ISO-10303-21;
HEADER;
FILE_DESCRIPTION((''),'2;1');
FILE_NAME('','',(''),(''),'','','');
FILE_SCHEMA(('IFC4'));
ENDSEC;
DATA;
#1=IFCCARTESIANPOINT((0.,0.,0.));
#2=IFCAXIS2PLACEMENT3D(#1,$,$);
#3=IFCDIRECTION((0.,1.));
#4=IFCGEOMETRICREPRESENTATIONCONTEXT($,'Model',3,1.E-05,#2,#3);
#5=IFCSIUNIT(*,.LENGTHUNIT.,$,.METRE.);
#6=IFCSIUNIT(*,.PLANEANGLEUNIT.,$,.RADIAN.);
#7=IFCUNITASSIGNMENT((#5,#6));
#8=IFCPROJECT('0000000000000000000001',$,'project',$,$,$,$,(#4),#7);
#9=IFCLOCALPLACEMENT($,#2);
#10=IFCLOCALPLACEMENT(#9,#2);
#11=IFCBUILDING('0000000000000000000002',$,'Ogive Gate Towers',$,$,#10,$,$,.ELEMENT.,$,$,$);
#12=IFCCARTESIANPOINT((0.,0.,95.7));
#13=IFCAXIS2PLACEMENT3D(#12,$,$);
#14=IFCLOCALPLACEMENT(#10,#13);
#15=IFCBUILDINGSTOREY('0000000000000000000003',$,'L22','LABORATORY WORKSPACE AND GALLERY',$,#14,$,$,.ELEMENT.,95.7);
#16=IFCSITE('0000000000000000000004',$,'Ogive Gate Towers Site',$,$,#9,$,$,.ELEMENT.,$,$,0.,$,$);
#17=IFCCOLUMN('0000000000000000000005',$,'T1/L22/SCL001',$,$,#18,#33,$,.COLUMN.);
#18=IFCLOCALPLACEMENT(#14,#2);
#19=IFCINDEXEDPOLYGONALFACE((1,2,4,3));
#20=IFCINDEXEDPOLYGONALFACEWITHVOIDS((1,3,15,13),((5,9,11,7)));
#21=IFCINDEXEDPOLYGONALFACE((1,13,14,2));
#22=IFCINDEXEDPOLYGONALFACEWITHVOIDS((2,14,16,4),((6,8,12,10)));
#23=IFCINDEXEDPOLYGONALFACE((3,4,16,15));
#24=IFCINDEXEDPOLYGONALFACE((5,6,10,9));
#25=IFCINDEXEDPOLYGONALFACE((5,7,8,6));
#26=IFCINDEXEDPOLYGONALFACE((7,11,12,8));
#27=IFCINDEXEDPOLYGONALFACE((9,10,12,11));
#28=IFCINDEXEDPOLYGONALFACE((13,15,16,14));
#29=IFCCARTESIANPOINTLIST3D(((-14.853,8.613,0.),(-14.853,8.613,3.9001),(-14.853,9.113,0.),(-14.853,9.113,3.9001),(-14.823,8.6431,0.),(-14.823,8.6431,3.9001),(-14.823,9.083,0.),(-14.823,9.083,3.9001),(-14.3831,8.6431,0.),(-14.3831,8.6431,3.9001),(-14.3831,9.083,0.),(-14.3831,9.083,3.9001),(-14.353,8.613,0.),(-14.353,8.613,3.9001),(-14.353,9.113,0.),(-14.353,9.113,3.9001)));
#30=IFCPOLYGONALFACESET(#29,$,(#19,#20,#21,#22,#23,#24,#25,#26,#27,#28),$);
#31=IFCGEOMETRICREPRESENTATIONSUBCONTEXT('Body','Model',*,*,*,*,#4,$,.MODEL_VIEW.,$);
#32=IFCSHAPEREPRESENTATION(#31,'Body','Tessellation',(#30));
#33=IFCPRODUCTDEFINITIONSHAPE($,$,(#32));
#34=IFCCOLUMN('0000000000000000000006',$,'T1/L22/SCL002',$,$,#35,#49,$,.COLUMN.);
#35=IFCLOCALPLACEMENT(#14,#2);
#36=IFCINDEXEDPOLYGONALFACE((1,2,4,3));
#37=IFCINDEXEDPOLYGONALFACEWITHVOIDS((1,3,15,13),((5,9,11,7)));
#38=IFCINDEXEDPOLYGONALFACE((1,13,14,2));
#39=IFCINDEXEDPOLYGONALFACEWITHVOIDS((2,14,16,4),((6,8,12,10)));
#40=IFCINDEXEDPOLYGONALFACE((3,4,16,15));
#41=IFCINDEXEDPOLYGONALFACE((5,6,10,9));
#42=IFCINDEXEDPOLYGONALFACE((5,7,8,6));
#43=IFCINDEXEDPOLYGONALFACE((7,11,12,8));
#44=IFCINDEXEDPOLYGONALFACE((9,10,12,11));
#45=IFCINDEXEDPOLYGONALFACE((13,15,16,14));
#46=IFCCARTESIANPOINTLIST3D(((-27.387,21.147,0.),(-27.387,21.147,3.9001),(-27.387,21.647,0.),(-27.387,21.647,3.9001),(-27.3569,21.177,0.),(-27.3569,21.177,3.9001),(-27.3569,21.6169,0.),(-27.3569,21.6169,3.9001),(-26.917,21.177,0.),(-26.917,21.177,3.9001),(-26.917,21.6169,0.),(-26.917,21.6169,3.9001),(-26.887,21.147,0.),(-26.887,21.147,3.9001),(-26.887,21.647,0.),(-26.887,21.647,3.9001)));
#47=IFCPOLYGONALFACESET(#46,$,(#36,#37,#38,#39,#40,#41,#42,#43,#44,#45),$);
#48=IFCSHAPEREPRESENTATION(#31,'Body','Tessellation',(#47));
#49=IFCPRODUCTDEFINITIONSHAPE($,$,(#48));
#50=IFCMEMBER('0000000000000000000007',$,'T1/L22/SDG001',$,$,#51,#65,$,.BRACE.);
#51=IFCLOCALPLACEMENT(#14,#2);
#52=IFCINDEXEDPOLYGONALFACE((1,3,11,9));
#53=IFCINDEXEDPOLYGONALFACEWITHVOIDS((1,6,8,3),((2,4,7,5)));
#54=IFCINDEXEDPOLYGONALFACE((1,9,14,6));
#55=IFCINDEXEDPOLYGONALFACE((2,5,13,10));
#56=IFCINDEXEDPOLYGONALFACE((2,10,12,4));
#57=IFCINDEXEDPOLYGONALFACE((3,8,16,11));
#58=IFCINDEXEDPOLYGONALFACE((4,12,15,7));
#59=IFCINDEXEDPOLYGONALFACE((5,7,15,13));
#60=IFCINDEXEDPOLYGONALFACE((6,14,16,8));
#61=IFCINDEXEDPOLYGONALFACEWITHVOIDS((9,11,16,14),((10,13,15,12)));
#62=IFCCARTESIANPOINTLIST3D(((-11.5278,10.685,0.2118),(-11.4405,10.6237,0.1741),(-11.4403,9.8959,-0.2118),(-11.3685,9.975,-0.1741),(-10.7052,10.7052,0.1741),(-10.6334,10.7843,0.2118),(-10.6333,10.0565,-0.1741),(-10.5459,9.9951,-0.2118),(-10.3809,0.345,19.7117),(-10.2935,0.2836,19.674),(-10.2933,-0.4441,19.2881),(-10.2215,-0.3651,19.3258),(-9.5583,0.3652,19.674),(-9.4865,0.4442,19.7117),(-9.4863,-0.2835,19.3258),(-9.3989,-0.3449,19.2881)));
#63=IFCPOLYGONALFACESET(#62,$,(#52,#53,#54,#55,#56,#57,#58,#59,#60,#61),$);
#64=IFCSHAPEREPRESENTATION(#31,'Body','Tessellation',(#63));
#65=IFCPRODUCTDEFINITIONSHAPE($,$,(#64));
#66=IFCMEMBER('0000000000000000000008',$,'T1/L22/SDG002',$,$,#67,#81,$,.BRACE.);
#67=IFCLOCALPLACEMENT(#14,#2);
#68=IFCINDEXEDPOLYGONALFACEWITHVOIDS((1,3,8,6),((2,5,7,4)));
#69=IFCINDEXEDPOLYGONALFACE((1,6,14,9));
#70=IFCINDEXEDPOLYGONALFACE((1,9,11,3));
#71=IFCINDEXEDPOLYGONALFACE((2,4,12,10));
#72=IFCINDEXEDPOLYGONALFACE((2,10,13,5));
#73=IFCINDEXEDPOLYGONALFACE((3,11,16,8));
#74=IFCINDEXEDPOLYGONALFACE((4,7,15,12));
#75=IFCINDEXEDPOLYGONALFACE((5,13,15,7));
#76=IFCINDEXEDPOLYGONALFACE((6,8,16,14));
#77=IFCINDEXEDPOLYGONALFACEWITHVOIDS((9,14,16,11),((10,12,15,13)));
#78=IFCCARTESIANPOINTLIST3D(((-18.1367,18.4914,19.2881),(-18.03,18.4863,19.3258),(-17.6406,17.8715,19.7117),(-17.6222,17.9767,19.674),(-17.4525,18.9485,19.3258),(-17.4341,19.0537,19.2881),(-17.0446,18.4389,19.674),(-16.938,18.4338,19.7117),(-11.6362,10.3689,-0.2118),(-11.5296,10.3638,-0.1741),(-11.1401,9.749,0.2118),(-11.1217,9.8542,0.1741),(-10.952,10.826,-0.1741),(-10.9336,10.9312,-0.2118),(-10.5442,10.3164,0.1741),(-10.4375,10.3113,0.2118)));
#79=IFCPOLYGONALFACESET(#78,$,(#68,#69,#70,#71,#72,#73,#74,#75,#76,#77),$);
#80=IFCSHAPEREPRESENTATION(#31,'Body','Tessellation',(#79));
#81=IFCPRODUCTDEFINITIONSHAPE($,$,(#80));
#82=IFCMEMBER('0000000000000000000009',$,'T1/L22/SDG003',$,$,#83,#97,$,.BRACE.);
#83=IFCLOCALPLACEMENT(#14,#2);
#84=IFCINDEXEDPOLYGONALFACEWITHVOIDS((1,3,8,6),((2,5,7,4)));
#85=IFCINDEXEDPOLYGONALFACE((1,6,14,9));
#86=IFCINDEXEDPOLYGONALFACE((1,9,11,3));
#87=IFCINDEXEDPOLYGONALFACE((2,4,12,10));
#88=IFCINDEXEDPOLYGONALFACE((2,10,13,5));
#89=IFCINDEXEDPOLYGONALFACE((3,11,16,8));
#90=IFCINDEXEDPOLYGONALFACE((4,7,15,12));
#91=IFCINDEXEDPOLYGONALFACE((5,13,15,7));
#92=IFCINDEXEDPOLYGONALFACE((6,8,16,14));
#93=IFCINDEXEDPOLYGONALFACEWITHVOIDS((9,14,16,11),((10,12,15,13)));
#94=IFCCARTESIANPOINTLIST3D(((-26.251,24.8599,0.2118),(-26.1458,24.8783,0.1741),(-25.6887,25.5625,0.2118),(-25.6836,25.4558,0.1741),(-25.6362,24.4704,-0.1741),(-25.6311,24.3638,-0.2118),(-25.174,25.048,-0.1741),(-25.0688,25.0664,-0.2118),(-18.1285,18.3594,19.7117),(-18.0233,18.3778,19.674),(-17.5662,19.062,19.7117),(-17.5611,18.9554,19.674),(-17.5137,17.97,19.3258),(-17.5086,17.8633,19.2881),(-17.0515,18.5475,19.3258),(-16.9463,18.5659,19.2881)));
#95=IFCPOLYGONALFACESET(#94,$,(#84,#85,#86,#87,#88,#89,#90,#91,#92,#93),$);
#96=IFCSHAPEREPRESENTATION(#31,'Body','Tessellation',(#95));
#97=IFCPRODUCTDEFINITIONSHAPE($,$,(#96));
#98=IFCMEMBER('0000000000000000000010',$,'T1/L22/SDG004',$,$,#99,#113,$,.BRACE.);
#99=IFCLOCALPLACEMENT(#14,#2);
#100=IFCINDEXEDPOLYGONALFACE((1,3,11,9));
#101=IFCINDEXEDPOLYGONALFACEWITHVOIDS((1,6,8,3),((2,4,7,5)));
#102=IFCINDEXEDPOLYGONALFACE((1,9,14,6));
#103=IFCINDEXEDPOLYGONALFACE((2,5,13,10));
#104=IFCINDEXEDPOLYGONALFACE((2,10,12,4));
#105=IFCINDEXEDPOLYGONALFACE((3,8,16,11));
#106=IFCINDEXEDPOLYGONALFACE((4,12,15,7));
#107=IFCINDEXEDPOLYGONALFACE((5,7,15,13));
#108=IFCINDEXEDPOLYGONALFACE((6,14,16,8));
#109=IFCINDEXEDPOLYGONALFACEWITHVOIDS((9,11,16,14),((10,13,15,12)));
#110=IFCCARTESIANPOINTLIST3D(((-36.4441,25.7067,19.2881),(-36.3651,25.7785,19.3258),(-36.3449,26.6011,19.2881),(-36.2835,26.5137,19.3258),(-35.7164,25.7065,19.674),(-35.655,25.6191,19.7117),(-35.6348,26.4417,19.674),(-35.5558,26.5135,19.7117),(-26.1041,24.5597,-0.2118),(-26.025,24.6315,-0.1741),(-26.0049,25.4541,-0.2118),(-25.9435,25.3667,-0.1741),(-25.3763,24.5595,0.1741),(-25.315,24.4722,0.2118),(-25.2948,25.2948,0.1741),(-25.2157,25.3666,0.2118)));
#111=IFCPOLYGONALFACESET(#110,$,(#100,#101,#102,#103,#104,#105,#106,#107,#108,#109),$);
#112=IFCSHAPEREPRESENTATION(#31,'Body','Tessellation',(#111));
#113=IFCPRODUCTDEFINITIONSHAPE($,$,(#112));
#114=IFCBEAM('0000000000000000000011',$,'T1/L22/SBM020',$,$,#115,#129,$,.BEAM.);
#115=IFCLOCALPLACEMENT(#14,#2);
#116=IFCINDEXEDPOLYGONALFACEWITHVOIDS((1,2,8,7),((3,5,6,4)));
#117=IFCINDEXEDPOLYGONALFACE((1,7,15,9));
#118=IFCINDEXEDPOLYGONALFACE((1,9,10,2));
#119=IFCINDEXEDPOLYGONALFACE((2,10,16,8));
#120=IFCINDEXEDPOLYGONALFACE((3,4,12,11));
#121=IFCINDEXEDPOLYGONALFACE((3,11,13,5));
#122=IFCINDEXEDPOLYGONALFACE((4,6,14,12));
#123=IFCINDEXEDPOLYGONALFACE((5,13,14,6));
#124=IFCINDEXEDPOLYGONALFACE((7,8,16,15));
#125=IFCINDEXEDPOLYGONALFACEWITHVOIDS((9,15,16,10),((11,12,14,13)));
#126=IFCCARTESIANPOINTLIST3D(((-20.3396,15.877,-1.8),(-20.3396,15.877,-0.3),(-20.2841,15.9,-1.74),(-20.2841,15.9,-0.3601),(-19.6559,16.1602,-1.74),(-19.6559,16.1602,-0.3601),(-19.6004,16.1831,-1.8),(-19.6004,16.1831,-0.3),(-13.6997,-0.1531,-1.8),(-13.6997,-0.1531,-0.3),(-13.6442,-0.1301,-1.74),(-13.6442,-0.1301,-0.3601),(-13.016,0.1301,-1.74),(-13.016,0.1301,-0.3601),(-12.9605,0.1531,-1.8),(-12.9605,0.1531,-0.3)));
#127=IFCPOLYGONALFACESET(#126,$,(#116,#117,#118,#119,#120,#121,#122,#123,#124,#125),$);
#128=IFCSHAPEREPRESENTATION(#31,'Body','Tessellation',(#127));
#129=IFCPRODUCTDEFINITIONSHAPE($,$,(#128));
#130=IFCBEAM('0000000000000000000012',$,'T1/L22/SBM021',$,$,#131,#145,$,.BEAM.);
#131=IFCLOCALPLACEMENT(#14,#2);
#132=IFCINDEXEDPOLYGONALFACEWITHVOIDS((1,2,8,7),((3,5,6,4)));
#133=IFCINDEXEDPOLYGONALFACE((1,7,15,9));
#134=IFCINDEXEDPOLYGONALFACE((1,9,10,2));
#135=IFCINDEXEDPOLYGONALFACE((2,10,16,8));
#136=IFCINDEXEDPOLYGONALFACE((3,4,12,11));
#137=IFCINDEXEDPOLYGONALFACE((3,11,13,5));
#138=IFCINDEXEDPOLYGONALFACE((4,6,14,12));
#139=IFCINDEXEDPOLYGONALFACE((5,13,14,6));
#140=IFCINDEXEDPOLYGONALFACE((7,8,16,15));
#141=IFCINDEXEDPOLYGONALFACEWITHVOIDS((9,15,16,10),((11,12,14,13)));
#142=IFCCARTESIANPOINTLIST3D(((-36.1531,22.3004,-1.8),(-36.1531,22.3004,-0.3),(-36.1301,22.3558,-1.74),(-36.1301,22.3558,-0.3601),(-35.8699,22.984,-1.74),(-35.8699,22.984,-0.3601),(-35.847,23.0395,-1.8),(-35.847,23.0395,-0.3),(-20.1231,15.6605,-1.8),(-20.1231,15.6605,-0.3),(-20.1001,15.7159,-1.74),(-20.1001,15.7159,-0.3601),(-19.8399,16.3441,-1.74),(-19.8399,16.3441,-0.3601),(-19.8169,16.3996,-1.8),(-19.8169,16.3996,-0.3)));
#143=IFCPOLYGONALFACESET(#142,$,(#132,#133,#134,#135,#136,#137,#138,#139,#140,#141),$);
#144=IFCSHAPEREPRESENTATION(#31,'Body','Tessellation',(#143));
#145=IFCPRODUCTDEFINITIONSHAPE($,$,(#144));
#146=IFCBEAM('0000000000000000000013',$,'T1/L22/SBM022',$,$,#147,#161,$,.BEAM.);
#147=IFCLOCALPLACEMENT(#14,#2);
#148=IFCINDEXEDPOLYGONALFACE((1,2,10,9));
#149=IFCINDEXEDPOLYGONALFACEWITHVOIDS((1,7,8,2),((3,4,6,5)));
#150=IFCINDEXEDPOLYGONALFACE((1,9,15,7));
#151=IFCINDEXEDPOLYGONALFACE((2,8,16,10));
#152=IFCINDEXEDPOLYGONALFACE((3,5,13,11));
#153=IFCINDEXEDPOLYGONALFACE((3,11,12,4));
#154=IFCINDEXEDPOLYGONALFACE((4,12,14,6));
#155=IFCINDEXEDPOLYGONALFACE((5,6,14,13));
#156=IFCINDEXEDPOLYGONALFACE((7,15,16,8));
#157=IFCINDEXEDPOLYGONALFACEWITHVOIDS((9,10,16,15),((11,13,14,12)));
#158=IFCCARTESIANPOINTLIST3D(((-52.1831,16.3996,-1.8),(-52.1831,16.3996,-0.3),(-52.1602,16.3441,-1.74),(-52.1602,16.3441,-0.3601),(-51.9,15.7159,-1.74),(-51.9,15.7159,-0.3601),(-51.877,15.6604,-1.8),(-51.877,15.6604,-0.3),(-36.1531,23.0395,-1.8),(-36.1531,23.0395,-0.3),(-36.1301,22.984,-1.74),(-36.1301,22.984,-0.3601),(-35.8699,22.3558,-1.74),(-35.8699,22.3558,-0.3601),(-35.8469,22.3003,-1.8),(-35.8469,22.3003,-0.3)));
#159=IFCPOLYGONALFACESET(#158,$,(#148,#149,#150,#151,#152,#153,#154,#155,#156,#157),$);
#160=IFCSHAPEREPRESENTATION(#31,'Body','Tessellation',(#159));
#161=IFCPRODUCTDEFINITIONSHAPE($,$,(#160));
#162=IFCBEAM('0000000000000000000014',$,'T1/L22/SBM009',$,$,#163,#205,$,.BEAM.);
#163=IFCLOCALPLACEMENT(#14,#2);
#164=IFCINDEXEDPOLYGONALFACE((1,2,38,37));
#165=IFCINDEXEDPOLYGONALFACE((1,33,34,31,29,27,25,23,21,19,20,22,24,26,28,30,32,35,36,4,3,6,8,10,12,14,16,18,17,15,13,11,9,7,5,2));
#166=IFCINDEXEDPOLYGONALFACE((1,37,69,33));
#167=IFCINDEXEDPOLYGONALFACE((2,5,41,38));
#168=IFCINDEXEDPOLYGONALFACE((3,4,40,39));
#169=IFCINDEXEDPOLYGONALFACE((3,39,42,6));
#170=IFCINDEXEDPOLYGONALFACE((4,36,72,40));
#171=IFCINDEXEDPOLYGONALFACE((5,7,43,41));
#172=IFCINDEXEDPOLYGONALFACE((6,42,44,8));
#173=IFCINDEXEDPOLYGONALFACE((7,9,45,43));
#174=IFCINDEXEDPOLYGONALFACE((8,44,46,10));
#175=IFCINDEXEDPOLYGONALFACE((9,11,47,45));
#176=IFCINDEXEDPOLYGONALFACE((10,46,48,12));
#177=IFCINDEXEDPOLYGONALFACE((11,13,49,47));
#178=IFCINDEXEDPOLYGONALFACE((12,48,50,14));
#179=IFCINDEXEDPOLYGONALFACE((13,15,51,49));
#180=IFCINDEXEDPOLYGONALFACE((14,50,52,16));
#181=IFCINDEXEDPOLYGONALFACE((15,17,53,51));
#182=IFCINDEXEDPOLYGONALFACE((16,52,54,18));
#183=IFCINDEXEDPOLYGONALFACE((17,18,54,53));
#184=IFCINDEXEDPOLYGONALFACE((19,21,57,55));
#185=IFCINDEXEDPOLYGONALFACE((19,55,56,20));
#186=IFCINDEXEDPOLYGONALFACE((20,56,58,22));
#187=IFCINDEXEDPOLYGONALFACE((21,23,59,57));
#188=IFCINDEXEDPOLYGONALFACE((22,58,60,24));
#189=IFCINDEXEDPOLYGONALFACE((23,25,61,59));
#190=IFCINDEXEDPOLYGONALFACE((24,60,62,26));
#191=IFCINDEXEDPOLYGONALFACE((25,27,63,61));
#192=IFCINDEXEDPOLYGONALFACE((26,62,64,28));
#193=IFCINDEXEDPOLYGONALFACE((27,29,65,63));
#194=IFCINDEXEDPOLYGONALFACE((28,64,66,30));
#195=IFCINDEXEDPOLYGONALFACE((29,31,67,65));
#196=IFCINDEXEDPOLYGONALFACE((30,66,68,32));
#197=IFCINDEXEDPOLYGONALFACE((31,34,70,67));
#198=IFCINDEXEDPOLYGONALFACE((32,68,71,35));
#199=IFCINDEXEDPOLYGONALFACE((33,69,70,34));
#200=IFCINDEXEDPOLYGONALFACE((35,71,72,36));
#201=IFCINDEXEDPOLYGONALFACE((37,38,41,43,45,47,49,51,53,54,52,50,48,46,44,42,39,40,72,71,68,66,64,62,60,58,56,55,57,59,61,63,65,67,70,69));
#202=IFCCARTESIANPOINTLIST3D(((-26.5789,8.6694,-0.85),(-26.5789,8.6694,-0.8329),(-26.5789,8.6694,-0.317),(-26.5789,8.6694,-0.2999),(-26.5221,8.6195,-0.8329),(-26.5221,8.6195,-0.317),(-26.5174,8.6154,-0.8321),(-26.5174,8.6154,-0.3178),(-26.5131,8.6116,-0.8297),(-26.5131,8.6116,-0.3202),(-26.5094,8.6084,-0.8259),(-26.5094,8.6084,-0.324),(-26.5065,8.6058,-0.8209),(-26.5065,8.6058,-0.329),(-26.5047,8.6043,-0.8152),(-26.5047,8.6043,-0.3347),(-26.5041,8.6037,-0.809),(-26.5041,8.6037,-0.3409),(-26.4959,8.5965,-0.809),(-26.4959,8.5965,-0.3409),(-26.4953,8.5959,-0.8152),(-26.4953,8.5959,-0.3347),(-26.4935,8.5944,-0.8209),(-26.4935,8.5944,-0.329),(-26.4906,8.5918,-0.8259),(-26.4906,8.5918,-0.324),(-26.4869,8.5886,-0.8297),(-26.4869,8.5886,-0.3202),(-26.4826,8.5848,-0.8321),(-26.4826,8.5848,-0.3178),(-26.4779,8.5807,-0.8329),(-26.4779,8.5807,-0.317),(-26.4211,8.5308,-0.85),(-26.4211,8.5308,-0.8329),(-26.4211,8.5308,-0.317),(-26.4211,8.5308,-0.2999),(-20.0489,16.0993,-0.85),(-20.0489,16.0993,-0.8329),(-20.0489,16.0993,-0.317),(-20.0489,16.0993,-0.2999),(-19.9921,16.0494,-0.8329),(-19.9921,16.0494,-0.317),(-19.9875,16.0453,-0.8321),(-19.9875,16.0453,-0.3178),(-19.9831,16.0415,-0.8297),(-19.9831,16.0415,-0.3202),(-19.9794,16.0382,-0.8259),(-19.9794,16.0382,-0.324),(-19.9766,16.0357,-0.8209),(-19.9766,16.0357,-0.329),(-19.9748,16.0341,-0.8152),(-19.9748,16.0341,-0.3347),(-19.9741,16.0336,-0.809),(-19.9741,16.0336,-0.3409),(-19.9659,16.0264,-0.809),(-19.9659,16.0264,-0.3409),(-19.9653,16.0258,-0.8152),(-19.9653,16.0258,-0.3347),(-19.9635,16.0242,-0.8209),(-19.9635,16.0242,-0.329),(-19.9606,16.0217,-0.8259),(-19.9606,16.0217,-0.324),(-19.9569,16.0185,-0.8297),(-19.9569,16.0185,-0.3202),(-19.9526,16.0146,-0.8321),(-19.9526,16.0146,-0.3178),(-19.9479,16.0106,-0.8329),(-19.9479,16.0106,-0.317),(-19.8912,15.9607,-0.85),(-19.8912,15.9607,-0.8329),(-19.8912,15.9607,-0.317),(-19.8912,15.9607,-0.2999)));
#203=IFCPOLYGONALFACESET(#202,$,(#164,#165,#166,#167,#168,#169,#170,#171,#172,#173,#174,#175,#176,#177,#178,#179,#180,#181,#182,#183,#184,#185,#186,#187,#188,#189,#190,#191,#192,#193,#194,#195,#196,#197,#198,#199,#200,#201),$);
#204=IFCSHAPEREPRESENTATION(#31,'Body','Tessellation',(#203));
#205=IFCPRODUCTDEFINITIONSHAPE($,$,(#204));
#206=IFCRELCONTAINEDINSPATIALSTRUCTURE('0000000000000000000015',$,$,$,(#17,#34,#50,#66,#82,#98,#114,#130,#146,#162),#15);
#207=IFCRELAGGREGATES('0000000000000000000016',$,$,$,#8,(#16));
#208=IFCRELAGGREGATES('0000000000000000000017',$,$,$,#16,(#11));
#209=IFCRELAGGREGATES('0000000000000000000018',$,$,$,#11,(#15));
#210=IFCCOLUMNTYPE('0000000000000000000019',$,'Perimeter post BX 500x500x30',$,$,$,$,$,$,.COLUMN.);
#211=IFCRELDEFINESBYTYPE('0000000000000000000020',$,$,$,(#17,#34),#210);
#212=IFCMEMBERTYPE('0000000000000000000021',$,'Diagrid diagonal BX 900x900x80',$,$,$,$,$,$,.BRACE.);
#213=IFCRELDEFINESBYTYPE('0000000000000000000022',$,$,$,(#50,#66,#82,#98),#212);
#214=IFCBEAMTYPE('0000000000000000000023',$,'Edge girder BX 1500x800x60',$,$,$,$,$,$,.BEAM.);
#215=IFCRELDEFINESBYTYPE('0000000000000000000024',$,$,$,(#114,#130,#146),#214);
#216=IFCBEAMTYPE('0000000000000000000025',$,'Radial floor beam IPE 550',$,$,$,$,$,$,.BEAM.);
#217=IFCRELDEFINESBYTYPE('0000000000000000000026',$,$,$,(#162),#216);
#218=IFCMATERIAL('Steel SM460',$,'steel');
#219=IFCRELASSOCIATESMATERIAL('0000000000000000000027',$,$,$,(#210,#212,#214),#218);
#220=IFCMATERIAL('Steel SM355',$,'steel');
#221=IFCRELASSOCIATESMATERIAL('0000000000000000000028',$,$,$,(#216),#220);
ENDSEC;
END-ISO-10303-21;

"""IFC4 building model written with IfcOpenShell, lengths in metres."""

from ifc_helpers import new_model, si_unit, direction, frame, origin, origin_2d, place, context, subcontext, project, spatial, hollow_rectangle, i_section, extrude, material, material_profile, profile_set, type_object, element, save


model = new_model("IFC4")

# Units and contexts
model_context = context("Model", 3, precision=1e-05, world=origin(), true_north=direction((0.0, 1.0)))
body_context = subcontext(model_context, "Body", "Model", "MODEL_VIEW")
ifc_project = project(units=[si_unit("LENGTHUNIT", "METRE"), si_unit("PLANEANGLEUNIT", "RADIAN")], contexts=[model_context])

# Site, building, storey
site_placement = place(None, origin())
site = spatial("IfcSite", under=ifc_project, at=site_placement, Name="Ogive Gate Towers Site", CompositionType="ELEMENT", RefElevation=0.0)
building_placement = place(site_placement, origin())
building = spatial("IfcBuilding", under=site, at=building_placement, Name="Ogive Gate Towers", CompositionType="ELEMENT")
storey_placement = place(building_placement, frame((0.0, 0.0, 95.7)))
storey = spatial("IfcBuildingStorey", under=building, at=storey_placement, Name="L22", Description="LABORATORY WORKSPACE AND GALLERY", CompositionType="ELEMENT", Elevation=95.7)

# Columns
ifc_material_1 = material(Name="Steel SM460", Category="steel")
ifc_material_profile_1 = material_profile(ifc_material_1, hollow_rectangle(XDim=0.5, YDim=0.5, WallThickness=0.03, at=origin_2d()), Name="BX 500x500x30")
ifc_profile_set_1 = profile_set([ifc_material_profile_1], Name="Steel SM460")
column_type = type_object("IfcColumnType", Name="Perimeter post BX 500x500x30", PredefinedType="COLUMN", material=ifc_profile_set_1)
for number, where, z_axis, x_axis, name in (
    (1, (-14.603, 8.863, 0.0), (0.0, 0.0, 1.0), (1.0, 0.0, 0.0), "T1/L22/SCL001"),
    (2, (-27.137, 21.397, 0.0), (0.0, 0.0, 1.0), (1.0, 0.0, 0.0), "T1/L22/SCL002"),
):
    element("IfcColumn", number, at=place(storey_placement, frame(where, z_axis=z_axis, x_axis=x_axis)), inside=storey, type_object=column_type, Name=name, PredefinedType="COLUMN", context=body_context, shape_type="SweptSolid", body=[
        extrude(hollow_rectangle(XDim=0.5, YDim=0.5, WallThickness=0.03, at=origin_2d()), origin(), (0.0, 0.0, 1.0), 3.9001),
    ])

# Members
ifc_material_profile_2 = material_profile(ifc_material_1, hollow_rectangle(XDim=0.8999, YDim=0.8999, WallThickness=0.0801, at=origin_2d()), Name="BX 900x900x80")
ifc_profile_set_2 = profile_set([ifc_material_profile_2], Name="Steel SM460")
member_type = type_object("IfcMemberType", Name="Diagrid diagonal BX 900x900x80", PredefinedType="BRACE", material=ifc_profile_set_2)
for number, where, z_axis, x_axis, name in (
    (3, (-11.0369, 10.3401, 0.0), (0.051895, -0.467842, 0.882287), (0.993904, 0.110249, 0.0), "T1/L22/SDG001"),
    (4, (-11.0369, 10.3401, 0.0), (-0.294118, 0.367509, 0.882288), (-0.780754, -0.624838, 0.0), "T1/L22/SDG002"),
    (5, (-25.6599, 24.9631, 0.0), (0.367509, -0.294118, 0.882288), (0.624838, 0.780754, 0.0), "T1/L22/SDG003"),
    (6, (-25.6599, 24.9631, 0.0), (-0.467842, 0.051895, 0.882287), (-0.110249, -0.993904, 0.0), "T1/L22/SDG004"),
):
    element("IfcMember", number, at=place(storey_placement, frame(where, z_axis=z_axis, x_axis=x_axis)), inside=storey, type_object=member_type, Name=name, PredefinedType="BRACE", context=body_context, shape_type="SweptSolid", body=[
        extrude(hollow_rectangle(XDim=0.8999, YDim=0.8999, WallThickness=0.0801, at=origin_2d()), origin(), (0.0, 0.0, 1.0), 22.1016),
    ])

# Beams
ifc_material_profile_3 = material_profile(ifc_material_1, hollow_rectangle(XDim=0.8, YDim=1.5, WallThickness=0.0601, at=origin_2d()), Name="BX 1500x800x60")
ifc_profile_set_3 = profile_set([ifc_material_profile_3], Name="Steel SM460")
beam_type_1 = type_object("IfcBeamType", Name="Edge girder BX 1500x800x60", PredefinedType="BEAM", material=ifc_profile_set_3)
for number, where, z_axis, x_axis, name in (
    (7, (-13.3301, 0.0, -1.05), (-0.382685, 0.923879, 0.0), (-0.923879, -0.382685, 0.0), "T1/L22/SBM020"),
    (8, (-19.97, 16.03, -1.05), (-0.923879, 0.382685, 0.0), (-0.382685, -0.923879, 0.0), "T1/L22/SBM021"),
    (9, (-36.0, 22.6699, -1.05), (-0.923879, -0.382685, 0.0), (0.382685, -0.923879, 0.0), "T1/L22/SBM022"),
):
    element("IfcBeam", number, at=place(storey_placement, frame(where, z_axis=z_axis, x_axis=x_axis)), inside=storey, type_object=beam_type_1, Name=name, PredefinedType="BEAM", context=body_context, shape_type="SweptSolid", body=[
        extrude(hollow_rectangle(XDim=0.8, YDim=1.5, WallThickness=0.0601, at=origin_2d()), origin(), (0.0, 0.0, 1.0), 17.3508),
    ])
ifc_material_2 = material(Name="Steel SM355", Category="steel")
ifc_material_profile_4 = material_profile(ifc_material_2, i_section(OverallWidth=0.21, OverallDepth=0.55, WebThickness=0.011, FlangeThickness=0.0171, FilletRadius=0.0239, at=origin_2d()), Name="IPE 550")
ifc_profile_set_4 = profile_set([ifc_material_profile_4], Name="Steel SM355")
beam_type_2 = type_object("IfcBeamType", Name="Radial floor beam IPE 550", PredefinedType="BEAM", material=ifc_profile_set_4)
beam_placement = place(storey_placement, frame((-26.5, 8.6001, -0.575), z_axis=(0.660154, 0.75113, 0.0), x_axis=(-0.75113, 0.660154, 0.0)))
element("IfcBeam", 10, at=beam_placement, inside=storey, type_object=beam_type_2, Name="T1/L22/SBM009", PredefinedType="BEAM", context=body_context, shape_type="SweptSolid", body=[
    extrude(i_section(OverallWidth=0.21, OverallDepth=0.55, WebThickness=0.011, FlangeThickness=0.0171, FilletRadius=0.0239, at=origin_2d()), origin(), (0.0, 0.0, 1.0), 9.8916),
])

save(model, "model.ifc")
